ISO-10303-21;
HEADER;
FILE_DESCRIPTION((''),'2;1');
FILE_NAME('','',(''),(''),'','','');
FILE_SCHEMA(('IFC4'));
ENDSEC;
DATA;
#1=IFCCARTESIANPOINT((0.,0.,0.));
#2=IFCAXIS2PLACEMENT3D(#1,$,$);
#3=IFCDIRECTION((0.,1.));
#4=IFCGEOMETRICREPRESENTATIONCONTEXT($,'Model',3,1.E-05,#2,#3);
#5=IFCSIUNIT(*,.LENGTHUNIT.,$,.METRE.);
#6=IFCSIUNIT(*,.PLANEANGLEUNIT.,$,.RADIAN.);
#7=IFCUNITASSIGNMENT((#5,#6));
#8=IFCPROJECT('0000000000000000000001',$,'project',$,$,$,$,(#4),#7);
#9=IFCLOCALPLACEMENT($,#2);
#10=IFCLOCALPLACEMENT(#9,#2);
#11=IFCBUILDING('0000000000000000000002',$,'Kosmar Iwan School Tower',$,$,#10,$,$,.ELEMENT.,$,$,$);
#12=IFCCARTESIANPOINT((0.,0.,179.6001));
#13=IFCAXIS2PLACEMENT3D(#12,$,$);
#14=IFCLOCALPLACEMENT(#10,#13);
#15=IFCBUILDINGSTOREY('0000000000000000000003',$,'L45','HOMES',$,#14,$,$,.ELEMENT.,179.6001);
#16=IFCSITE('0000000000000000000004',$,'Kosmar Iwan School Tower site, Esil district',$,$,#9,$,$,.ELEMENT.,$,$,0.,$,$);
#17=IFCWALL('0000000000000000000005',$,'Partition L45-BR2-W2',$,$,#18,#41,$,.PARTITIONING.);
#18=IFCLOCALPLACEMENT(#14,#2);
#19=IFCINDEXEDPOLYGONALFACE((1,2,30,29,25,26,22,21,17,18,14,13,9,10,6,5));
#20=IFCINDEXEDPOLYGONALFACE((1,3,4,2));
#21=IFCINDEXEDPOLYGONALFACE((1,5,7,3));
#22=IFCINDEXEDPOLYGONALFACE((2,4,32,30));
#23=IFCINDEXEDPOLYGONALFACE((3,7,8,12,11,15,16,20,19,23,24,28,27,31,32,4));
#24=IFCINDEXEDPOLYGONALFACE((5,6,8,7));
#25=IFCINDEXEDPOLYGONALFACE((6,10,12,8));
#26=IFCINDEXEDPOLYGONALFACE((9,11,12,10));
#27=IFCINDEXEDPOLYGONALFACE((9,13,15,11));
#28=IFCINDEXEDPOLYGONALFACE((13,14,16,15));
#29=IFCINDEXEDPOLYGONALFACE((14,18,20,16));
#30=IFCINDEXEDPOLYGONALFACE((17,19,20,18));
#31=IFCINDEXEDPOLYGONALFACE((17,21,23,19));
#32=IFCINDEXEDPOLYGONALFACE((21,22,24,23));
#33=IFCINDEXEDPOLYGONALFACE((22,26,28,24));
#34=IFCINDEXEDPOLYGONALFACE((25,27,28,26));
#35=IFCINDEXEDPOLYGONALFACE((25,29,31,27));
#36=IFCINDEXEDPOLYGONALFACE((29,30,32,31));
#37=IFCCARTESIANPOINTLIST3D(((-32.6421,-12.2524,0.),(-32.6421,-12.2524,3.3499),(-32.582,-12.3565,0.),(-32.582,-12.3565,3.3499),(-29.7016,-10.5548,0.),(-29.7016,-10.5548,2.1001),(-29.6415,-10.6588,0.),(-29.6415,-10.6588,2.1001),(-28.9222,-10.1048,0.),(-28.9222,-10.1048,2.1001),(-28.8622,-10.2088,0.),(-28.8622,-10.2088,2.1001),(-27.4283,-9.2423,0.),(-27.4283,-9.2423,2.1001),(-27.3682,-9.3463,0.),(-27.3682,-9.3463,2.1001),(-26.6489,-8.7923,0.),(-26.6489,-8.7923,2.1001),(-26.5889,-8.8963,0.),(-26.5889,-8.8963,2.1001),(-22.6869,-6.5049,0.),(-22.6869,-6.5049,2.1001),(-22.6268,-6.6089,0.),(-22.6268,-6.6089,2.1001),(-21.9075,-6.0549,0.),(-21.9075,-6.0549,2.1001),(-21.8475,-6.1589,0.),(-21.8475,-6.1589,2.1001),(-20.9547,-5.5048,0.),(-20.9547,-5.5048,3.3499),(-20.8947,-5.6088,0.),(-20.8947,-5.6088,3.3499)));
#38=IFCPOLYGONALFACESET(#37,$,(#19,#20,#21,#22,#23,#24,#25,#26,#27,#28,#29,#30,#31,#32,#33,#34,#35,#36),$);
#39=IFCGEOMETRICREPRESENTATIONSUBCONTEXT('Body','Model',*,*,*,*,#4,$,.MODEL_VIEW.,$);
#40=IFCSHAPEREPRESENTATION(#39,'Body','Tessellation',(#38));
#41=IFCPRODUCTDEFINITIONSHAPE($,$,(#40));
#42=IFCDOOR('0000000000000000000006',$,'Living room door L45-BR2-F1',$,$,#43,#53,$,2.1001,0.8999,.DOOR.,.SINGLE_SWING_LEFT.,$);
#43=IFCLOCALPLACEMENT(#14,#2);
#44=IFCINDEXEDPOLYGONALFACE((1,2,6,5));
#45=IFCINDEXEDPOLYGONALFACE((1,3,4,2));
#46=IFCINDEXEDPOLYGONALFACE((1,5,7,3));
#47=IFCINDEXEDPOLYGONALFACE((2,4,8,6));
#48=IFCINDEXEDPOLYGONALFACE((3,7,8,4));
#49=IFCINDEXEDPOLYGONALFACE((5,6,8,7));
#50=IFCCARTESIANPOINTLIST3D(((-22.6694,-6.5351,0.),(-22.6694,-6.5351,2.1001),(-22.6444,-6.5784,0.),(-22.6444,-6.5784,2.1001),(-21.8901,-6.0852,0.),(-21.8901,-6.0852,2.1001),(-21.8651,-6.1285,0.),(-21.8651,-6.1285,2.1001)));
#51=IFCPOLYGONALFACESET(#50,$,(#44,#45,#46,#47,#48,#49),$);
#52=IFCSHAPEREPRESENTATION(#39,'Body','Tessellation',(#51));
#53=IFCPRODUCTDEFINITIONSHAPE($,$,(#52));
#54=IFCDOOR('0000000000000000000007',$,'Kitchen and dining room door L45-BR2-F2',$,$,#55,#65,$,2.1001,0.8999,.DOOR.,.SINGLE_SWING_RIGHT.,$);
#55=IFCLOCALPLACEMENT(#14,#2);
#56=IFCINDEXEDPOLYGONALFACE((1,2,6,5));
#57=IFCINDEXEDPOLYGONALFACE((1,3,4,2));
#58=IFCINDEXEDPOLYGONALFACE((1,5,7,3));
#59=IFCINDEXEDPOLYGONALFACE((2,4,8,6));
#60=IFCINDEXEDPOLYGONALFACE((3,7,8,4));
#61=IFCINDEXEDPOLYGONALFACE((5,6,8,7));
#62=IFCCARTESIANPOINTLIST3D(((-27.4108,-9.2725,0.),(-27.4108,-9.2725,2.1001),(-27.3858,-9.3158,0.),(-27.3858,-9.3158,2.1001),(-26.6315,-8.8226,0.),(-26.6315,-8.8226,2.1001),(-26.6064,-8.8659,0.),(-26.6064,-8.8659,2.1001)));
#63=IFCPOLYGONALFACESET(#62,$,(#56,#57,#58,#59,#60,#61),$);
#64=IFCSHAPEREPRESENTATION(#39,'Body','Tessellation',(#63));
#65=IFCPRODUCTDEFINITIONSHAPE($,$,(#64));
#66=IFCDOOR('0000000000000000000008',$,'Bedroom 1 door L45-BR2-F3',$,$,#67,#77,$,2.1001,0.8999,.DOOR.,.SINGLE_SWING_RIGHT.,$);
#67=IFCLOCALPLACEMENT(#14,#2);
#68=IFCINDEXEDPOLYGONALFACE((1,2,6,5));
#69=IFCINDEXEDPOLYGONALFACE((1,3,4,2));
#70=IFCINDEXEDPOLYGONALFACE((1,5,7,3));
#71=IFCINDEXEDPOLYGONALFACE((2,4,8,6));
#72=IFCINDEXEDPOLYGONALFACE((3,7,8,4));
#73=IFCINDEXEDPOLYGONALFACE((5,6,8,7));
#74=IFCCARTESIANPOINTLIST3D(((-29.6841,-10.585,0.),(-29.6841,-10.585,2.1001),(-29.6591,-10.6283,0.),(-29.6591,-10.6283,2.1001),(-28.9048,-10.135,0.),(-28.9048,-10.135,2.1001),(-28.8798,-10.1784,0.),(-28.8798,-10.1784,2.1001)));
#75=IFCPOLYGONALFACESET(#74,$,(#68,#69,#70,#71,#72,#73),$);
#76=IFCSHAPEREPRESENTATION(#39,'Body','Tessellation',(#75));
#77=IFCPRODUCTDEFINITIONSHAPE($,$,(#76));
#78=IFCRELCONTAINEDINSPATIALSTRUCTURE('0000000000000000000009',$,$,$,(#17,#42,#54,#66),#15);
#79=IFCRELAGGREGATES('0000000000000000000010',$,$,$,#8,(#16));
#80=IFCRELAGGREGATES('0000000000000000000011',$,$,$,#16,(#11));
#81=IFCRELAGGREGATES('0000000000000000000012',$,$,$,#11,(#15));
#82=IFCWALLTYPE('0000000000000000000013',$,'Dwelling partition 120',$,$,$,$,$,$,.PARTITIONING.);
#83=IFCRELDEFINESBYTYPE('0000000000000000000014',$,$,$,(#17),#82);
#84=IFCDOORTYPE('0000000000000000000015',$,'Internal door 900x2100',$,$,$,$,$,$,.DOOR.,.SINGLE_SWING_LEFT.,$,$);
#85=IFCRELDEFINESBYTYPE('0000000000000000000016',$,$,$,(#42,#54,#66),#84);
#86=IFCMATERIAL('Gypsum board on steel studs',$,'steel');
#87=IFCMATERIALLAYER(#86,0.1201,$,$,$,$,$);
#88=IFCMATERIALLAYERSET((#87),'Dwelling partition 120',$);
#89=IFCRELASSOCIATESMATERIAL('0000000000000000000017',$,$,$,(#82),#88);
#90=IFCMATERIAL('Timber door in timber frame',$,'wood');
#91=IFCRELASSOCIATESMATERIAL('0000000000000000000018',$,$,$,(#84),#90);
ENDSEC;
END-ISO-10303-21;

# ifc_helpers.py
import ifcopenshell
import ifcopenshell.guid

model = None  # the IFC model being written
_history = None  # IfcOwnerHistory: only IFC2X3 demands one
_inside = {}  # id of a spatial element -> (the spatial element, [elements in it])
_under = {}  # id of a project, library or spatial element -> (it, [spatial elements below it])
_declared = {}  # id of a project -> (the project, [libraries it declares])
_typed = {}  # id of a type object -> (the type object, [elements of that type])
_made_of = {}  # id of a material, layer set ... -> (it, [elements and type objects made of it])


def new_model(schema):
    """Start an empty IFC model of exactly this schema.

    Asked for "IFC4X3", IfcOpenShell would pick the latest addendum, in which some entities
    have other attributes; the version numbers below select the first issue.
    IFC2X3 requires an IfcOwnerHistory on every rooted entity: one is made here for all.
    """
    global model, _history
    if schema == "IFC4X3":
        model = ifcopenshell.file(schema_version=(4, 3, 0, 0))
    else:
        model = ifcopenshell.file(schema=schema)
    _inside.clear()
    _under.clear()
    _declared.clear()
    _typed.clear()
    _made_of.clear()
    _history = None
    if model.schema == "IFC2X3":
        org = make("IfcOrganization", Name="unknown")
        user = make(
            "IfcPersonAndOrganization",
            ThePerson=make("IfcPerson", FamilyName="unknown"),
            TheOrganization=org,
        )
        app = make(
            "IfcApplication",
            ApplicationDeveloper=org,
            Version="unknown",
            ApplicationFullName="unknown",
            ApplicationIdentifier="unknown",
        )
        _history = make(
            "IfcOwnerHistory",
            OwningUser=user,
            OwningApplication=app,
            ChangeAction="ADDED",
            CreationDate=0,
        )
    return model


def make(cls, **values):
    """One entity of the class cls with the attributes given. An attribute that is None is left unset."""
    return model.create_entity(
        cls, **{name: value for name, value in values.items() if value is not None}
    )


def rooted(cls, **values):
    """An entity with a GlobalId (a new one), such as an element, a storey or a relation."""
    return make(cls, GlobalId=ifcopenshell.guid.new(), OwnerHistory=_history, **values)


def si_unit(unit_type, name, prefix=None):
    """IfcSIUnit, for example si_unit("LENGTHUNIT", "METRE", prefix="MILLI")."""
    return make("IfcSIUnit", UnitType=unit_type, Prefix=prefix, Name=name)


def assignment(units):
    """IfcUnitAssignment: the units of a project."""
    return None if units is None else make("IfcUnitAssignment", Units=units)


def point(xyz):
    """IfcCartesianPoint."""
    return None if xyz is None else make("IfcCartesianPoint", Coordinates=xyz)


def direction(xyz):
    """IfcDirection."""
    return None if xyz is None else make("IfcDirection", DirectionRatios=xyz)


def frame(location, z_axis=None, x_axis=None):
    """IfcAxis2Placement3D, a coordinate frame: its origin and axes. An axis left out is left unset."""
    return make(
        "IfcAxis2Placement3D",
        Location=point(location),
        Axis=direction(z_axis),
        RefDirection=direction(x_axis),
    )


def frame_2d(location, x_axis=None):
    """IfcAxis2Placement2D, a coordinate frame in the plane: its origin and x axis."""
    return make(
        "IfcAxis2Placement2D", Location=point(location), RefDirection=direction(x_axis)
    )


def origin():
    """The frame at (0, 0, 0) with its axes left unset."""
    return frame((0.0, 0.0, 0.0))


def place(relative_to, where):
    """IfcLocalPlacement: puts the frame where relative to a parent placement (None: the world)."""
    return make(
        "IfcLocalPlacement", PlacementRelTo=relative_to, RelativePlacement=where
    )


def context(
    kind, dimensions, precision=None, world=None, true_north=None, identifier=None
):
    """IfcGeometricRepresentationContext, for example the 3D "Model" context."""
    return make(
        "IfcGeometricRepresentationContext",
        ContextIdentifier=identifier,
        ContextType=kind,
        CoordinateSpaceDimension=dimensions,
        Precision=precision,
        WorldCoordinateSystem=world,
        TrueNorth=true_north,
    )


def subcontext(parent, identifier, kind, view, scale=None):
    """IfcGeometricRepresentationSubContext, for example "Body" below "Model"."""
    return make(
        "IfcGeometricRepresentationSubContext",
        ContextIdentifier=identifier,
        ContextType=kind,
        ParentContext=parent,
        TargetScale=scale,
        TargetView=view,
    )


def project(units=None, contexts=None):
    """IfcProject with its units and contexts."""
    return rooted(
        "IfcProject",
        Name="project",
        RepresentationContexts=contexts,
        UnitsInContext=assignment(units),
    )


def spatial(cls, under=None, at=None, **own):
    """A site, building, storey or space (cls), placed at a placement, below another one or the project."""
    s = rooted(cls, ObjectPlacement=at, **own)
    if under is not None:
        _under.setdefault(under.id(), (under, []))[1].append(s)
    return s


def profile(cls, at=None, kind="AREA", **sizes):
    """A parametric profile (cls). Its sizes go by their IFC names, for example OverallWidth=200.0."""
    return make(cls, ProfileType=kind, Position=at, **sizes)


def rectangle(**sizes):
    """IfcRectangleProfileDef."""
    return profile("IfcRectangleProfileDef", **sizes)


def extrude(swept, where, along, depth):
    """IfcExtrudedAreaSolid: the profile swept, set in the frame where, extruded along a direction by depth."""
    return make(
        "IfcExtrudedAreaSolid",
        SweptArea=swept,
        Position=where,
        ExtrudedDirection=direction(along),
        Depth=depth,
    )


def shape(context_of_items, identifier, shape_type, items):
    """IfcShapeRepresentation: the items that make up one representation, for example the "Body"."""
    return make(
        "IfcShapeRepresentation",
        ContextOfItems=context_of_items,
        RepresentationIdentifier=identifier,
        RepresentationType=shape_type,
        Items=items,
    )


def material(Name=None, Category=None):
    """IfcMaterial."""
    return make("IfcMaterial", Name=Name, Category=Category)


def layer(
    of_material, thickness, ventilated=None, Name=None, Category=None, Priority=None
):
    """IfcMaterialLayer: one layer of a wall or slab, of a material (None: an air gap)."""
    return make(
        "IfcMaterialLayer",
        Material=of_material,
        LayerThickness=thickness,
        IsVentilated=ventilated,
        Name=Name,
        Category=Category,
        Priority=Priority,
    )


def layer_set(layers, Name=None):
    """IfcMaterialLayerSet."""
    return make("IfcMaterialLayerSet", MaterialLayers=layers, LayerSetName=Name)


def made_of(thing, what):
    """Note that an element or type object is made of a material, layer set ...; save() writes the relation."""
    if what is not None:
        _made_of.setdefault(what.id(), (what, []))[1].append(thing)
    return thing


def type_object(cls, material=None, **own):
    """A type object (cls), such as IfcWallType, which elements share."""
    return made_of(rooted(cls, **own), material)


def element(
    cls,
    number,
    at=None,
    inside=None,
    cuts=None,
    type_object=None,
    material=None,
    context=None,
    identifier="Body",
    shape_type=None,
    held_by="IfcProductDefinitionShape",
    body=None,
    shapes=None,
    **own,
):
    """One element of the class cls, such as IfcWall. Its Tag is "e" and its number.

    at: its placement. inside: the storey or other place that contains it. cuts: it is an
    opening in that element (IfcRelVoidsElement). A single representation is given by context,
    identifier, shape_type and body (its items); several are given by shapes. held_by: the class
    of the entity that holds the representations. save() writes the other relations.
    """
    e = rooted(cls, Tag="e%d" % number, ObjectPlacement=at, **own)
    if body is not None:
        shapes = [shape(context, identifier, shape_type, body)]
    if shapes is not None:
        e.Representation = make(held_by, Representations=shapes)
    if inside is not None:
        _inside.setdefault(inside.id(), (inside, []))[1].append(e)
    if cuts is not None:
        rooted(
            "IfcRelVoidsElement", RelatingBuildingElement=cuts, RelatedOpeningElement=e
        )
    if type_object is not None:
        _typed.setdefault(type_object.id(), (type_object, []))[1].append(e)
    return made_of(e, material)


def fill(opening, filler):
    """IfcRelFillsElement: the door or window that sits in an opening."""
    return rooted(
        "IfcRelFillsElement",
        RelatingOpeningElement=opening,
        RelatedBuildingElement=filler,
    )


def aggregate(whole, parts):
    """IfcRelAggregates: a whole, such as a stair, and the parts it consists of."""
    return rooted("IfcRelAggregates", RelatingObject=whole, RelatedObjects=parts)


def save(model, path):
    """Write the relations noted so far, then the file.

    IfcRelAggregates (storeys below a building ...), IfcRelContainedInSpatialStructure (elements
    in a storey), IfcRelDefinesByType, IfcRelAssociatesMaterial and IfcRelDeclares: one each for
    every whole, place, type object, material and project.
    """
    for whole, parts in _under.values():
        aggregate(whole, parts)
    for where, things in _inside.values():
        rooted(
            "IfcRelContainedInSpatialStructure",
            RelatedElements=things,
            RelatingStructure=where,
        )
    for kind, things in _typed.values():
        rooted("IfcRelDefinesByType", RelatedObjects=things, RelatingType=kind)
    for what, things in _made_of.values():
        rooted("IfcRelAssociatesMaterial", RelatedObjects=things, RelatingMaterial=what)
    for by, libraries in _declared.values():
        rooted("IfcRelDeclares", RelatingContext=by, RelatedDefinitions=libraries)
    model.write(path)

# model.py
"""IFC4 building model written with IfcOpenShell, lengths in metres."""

from ifc_helpers import new_model, si_unit, direction, frame, frame_2d, origin, place, context, subcontext, project, spatial, rectangle, extrude, material, layer, layer_set, type_object, element, fill, save


model = new_model("IFC4")

# Units and contexts
model_context = context("Model", 3, precision=1e-05, world=origin(), true_north=direction((0.0, 1.0)))
body_context = subcontext(model_context, "Body", "Model", "MODEL_VIEW")
ifc_project = project(units=[si_unit("LENGTHUNIT", "METRE"), si_unit("PLANEANGLEUNIT", "RADIAN")], contexts=[model_context])

# Site, building, storey
site_placement = place(None, origin())
site = spatial("IfcSite", under=ifc_project, at=site_placement, Name="Kosmar Iwan School Tower site, Esil district", CompositionType="ELEMENT", RefElevation=0.0)
building_placement = place(site_placement, origin())
building = spatial("IfcBuilding", under=site, at=building_placement, Name="Kosmar Iwan School Tower", CompositionType="ELEMENT")
storey_placement = place(building_placement, frame((0.0, 0.0, 179.6001)))
storey = spatial("IfcBuildingStorey", under=building, at=storey_placement, Name="L45", Description="HOMES", CompositionType="ELEMENT", Elevation=179.6001)

# Wall, openings, doors
ifc_material_1 = material(Name="Gypsum board on steel studs", Category="steel")
ifc_layer = layer(ifc_material_1, 0.1201)
ifc_layer_set = layer_set([ifc_layer], Name="Dwelling partition 120")
wall_type = type_object("IfcWallType", Name="Dwelling partition 120", PredefinedType="PARTITIONING", material=ifc_layer_set)
wall_placement = place(storey_placement, frame((-20.9248, -5.5569, 0.0), z_axis=(0.0, 0.0, 1.0), x_axis=(-0.866028, -0.499995, 0.0)))
wall = element("IfcWall", 1, at=wall_placement, inside=storey, type_object=wall_type, Name="Partition L45-BR2-W2", PredefinedType="PARTITIONING", context=body_context, shape_type="SweptSolid", body=[
    extrude(rectangle(XDim=13.4954, YDim=0.1201, at=frame_2d((6.7476, 0.0))), origin(), (0.0, 0.0, 1.0), 3.3499),
])
opening_1_placement = place(wall_placement, frame((1.1001, 0.0, 0.0)))
opening_1 = element("IfcOpeningElement", 2, at=opening_1_placement, cuts=wall, PredefinedType="OPENING", context=body_context, shape_type="SweptSolid", body=[
    extrude(rectangle(XDim=0.8999, YDim=2.1001, at=frame_2d((0.45, 1.05))), frame((0.0, 0.072, 0.0), z_axis=(0.0, -1.0, 0.0), x_axis=(1.0, 0.0, 0.0)), (0.0, 0.0, 1.0), 0.144),
])
opening_2_placement = place(wall_placement, frame((6.575, 0.0, 0.0)))
opening_2 = element("IfcOpeningElement", 3, at=opening_2_placement, cuts=wall, PredefinedType="OPENING", context=body_context, shape_type="SweptSolid", body=[
    extrude(rectangle(XDim=0.8999, YDim=2.1001, at=frame_2d((0.45, 1.05))), frame((0.0, 0.072, 0.0), z_axis=(0.0, -1.0, 0.0), x_axis=(1.0, 0.0, 0.0)), (0.0, 0.0, 1.0), 0.144),
])
opening_3_placement = place(wall_placement, frame((9.2, 0.0, 0.0)))
opening_3 = element("IfcOpeningElement", 4, at=opening_3_placement, cuts=wall, PredefinedType="OPENING", context=body_context, shape_type="SweptSolid", body=[
    extrude(rectangle(XDim=0.8999, YDim=2.1001, at=frame_2d((0.45, 1.05))), frame((0.0, 0.072, 0.0), z_axis=(0.0, -1.0, 0.0), x_axis=(1.0, 0.0, 0.0)), (0.0, 0.0, 1.0), 0.144),
])
ifc_material_2 = material(Name="Timber door in timber frame", Category="wood")
door_type = type_object("IfcDoorType", Name="Internal door 900x2100", OperationType="SINGLE_SWING_LEFT", PredefinedType="DOOR", material=ifc_material_2)
door_1_placement = place(opening_1_placement, origin())
door_1 = element("IfcDoor", 5, at=door_1_placement, inside=storey, type_object=door_type, Name="Living room door L45-BR2-F1", OperationType="SINGLE_SWING_LEFT", OverallHeight=2.1001, OverallWidth=0.8999, PredefinedType="DOOR", context=body_context, shape_type="SweptSolid", body=[
    extrude(rectangle(XDim=0.8999, YDim=2.1001, at=frame_2d((0.45, 1.05))), frame((0.0, 0.0249, 0.0), z_axis=(0.0, -1.0, 0.0), x_axis=(1.0, 0.0, 0.0)), (0.0, 0.0, 1.0), 0.05),
])
fill(opening_1, door_1)
door_2_placement = place(opening_2_placement, origin())
door_2 = element("IfcDoor", 6, at=door_2_placement, inside=storey, type_object=door_type, Name="Kitchen and dining room door L45-BR2-F2", OperationType="SINGLE_SWING_RIGHT", OverallHeight=2.1001, OverallWidth=0.8999, PredefinedType="DOOR", context=body_context, shape_type="SweptSolid", body=[
    extrude(rectangle(XDim=0.8999, YDim=2.1001, at=frame_2d((0.45, 1.05))), frame((0.0, 0.0249, 0.0), z_axis=(0.0, -1.0, 0.0), x_axis=(1.0, 0.0, 0.0)), (0.0, 0.0, 1.0), 0.05),
])
fill(opening_2, door_2)
door_3_placement = place(opening_3_placement, origin())
door_3 = element("IfcDoor", 7, at=door_3_placement, inside=storey, type_object=door_type, Name="Bedroom 1 door L45-BR2-F3", OperationType="SINGLE_SWING_RIGHT", OverallHeight=2.1001, OverallWidth=0.8999, PredefinedType="DOOR", context=body_context, shape_type="SweptSolid", body=[
    extrude(rectangle(XDim=0.8999, YDim=2.1001, at=frame_2d((0.45, 1.05))), frame((0.0, 0.0249, 0.0), z_axis=(0.0, -1.0, 0.0), x_axis=(1.0, 0.0, 0.0)), (0.0, 0.0, 1.0), 0.05),
])
fill(opening_3, door_3)

save(model, "model.ifc")
